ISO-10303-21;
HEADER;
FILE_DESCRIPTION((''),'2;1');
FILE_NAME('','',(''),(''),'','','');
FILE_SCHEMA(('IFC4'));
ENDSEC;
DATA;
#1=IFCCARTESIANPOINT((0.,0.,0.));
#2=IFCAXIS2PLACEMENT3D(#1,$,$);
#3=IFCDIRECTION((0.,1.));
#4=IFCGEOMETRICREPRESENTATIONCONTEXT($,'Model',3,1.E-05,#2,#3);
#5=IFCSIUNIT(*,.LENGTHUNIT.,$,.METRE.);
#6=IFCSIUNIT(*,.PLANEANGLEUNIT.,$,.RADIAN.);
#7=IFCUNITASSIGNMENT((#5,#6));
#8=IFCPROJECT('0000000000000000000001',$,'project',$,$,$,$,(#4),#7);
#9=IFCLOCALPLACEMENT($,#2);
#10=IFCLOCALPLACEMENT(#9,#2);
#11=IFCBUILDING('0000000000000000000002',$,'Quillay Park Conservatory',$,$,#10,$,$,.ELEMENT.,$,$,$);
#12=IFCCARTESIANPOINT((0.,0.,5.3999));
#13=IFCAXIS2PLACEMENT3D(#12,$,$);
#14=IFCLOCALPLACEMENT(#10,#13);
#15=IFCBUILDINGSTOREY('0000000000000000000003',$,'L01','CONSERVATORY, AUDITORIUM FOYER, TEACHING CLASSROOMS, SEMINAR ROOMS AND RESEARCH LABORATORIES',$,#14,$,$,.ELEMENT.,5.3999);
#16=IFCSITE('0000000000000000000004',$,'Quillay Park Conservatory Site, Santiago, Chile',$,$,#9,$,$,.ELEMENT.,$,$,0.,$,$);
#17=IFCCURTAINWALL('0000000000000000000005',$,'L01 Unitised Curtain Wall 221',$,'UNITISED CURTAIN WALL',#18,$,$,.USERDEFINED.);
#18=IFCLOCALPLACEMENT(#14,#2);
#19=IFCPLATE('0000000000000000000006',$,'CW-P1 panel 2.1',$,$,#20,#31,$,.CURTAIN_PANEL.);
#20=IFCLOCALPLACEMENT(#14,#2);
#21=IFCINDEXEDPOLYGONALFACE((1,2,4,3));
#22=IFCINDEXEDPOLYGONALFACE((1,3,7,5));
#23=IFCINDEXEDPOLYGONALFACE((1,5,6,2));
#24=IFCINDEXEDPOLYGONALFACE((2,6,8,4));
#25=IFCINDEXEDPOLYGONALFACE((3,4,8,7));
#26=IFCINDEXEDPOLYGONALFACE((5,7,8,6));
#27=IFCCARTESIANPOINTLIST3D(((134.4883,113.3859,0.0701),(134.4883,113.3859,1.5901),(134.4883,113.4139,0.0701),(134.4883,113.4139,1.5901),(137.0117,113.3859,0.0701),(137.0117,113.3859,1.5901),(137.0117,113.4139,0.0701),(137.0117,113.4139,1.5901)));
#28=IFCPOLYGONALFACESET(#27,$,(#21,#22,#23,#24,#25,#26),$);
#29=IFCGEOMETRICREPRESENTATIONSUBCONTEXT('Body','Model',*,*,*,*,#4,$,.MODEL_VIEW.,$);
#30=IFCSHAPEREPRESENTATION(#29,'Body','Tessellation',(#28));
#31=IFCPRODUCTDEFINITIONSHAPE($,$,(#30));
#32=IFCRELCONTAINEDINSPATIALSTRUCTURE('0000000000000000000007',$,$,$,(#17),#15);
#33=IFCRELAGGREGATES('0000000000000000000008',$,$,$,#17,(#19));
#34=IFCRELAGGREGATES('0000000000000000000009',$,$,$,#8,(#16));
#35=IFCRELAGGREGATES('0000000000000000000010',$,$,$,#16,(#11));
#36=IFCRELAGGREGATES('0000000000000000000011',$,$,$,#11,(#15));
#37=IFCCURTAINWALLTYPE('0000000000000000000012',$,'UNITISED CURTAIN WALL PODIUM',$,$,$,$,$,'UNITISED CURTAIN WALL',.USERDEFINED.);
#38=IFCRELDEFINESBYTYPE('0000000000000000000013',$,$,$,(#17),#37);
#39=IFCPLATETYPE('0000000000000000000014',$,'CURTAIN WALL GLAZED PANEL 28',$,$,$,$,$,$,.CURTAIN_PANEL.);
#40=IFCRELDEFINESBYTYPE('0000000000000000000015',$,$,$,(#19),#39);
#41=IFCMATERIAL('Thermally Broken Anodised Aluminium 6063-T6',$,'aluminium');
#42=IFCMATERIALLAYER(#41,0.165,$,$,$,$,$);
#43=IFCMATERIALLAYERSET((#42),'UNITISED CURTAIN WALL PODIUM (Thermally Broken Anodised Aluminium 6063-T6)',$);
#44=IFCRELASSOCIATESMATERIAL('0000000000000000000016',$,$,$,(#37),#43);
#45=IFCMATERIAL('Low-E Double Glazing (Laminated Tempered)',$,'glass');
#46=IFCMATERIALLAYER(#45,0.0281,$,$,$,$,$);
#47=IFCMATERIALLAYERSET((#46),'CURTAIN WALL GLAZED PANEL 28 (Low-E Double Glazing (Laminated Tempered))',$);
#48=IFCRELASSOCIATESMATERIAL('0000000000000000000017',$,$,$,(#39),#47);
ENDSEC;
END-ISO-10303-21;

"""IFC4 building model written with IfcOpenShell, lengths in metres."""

from ifc_helpers import new_model, si_unit, direction, frame, origin, origin_2d, place, context, subcontext, project, spatial, rectangle, extrude, material, layer, layer_set, type_object, element, aggregate, save


model = new_model("IFC4")

# Units and contexts
model_context = context("Model", 3, precision=1e-05, world=origin(), true_north=direction((0.0, 1.0)))
body_context = subcontext(model_context, "Body", "Model", "MODEL_VIEW")
ifc_project = project(units=[si_unit("LENGTHUNIT", "METRE"), si_unit("PLANEANGLEUNIT", "RADIAN")], contexts=[model_context])

# Site, building, storey
site_placement = place(None, origin())
site = spatial("IfcSite", under=ifc_project, at=site_placement, Name="Quillay Park Conservatory Site, Santiago, Chile", CompositionType="ELEMENT", RefElevation=0.0)
building_placement = place(site_placement, origin())
building = spatial("IfcBuilding", under=site, at=building_placement, Name="Quillay Park Conservatory", CompositionType="ELEMENT")
storey_placement = place(building_placement, frame((0.0, 0.0, 5.3999)))
storey = spatial("IfcBuildingStorey", under=building, at=storey_placement, Name="L01", Description="CONSERVATORY, AUDITORIUM FOYER, TEACHING CLASSROOMS, SEMINAR ROOMS AND RESEARCH LABORATORIES", CompositionType="ELEMENT", Elevation=5.3999)

# Curtain wall
ifc_material_1 = material(Name="Thermally Broken Anodised Aluminium 6063-T6", Category="aluminium")
ifc_layer_1 = layer(ifc_material_1, 0.165)
ifc_layer_set_1 = layer_set([ifc_layer_1], Name="UNITISED CURTAIN WALL PODIUM (Thermally Broken Anodised Aluminium 6063-T6)")
curtain_wall_type = type_object("IfcCurtainWallType", Name="UNITISED CURTAIN WALL PODIUM", ElementType="UNITISED CURTAIN WALL", PredefinedType="USERDEFINED", material=ifc_layer_set_1)
curtain_wall_1_placement = place(storey_placement, origin())
curtain_wall_1 = element("IfcCurtainWall", 1, at=curtain_wall_1_placement, inside=storey, type_object=curtain_wall_type, Name="L01 Unitised Curtain Wall 221", ObjectType="UNITISED CURTAIN WALL", PredefinedType="USERDEFINED")

# Plate
ifc_material_2 = material(Name="Low-E Double Glazing (Laminated Tempered)", Category="glass")
ifc_layer_2 = layer(ifc_material_2, 0.0281)
ifc_layer_set_2 = layer_set([ifc_layer_2], Name="CURTAIN WALL GLAZED PANEL 28 (Low-E Double Glazing (Laminated Tempered))")
plate_type = type_object("IfcPlateType", Name="CURTAIN WALL GLAZED PANEL 28", PredefinedType="CURTAIN_PANEL", material=ifc_layer_set_2)
plate_1_placement = place(storey_placement, frame((135.75, 113.3999, 0.0701), z_axis=(0.0, 0.0, 1.0), x_axis=(1.0, 0.0, 0.0)))
plate_1 = element("IfcPlate", 2, at=plate_1_placement, type_object=plate_type, Name="CW-P1 panel 2.1", PredefinedType="CURTAIN_PANEL", context=body_context, shape_type="SweptSolid", body=[
    extrude(rectangle(XDim=2.5234, YDim=0.0281, at=origin_2d()), origin(), (0.0, 0.0, 1.0), 1.52),
])
aggregate(curtain_wall_1, [plate_1])

save(model, "model.ifc")
